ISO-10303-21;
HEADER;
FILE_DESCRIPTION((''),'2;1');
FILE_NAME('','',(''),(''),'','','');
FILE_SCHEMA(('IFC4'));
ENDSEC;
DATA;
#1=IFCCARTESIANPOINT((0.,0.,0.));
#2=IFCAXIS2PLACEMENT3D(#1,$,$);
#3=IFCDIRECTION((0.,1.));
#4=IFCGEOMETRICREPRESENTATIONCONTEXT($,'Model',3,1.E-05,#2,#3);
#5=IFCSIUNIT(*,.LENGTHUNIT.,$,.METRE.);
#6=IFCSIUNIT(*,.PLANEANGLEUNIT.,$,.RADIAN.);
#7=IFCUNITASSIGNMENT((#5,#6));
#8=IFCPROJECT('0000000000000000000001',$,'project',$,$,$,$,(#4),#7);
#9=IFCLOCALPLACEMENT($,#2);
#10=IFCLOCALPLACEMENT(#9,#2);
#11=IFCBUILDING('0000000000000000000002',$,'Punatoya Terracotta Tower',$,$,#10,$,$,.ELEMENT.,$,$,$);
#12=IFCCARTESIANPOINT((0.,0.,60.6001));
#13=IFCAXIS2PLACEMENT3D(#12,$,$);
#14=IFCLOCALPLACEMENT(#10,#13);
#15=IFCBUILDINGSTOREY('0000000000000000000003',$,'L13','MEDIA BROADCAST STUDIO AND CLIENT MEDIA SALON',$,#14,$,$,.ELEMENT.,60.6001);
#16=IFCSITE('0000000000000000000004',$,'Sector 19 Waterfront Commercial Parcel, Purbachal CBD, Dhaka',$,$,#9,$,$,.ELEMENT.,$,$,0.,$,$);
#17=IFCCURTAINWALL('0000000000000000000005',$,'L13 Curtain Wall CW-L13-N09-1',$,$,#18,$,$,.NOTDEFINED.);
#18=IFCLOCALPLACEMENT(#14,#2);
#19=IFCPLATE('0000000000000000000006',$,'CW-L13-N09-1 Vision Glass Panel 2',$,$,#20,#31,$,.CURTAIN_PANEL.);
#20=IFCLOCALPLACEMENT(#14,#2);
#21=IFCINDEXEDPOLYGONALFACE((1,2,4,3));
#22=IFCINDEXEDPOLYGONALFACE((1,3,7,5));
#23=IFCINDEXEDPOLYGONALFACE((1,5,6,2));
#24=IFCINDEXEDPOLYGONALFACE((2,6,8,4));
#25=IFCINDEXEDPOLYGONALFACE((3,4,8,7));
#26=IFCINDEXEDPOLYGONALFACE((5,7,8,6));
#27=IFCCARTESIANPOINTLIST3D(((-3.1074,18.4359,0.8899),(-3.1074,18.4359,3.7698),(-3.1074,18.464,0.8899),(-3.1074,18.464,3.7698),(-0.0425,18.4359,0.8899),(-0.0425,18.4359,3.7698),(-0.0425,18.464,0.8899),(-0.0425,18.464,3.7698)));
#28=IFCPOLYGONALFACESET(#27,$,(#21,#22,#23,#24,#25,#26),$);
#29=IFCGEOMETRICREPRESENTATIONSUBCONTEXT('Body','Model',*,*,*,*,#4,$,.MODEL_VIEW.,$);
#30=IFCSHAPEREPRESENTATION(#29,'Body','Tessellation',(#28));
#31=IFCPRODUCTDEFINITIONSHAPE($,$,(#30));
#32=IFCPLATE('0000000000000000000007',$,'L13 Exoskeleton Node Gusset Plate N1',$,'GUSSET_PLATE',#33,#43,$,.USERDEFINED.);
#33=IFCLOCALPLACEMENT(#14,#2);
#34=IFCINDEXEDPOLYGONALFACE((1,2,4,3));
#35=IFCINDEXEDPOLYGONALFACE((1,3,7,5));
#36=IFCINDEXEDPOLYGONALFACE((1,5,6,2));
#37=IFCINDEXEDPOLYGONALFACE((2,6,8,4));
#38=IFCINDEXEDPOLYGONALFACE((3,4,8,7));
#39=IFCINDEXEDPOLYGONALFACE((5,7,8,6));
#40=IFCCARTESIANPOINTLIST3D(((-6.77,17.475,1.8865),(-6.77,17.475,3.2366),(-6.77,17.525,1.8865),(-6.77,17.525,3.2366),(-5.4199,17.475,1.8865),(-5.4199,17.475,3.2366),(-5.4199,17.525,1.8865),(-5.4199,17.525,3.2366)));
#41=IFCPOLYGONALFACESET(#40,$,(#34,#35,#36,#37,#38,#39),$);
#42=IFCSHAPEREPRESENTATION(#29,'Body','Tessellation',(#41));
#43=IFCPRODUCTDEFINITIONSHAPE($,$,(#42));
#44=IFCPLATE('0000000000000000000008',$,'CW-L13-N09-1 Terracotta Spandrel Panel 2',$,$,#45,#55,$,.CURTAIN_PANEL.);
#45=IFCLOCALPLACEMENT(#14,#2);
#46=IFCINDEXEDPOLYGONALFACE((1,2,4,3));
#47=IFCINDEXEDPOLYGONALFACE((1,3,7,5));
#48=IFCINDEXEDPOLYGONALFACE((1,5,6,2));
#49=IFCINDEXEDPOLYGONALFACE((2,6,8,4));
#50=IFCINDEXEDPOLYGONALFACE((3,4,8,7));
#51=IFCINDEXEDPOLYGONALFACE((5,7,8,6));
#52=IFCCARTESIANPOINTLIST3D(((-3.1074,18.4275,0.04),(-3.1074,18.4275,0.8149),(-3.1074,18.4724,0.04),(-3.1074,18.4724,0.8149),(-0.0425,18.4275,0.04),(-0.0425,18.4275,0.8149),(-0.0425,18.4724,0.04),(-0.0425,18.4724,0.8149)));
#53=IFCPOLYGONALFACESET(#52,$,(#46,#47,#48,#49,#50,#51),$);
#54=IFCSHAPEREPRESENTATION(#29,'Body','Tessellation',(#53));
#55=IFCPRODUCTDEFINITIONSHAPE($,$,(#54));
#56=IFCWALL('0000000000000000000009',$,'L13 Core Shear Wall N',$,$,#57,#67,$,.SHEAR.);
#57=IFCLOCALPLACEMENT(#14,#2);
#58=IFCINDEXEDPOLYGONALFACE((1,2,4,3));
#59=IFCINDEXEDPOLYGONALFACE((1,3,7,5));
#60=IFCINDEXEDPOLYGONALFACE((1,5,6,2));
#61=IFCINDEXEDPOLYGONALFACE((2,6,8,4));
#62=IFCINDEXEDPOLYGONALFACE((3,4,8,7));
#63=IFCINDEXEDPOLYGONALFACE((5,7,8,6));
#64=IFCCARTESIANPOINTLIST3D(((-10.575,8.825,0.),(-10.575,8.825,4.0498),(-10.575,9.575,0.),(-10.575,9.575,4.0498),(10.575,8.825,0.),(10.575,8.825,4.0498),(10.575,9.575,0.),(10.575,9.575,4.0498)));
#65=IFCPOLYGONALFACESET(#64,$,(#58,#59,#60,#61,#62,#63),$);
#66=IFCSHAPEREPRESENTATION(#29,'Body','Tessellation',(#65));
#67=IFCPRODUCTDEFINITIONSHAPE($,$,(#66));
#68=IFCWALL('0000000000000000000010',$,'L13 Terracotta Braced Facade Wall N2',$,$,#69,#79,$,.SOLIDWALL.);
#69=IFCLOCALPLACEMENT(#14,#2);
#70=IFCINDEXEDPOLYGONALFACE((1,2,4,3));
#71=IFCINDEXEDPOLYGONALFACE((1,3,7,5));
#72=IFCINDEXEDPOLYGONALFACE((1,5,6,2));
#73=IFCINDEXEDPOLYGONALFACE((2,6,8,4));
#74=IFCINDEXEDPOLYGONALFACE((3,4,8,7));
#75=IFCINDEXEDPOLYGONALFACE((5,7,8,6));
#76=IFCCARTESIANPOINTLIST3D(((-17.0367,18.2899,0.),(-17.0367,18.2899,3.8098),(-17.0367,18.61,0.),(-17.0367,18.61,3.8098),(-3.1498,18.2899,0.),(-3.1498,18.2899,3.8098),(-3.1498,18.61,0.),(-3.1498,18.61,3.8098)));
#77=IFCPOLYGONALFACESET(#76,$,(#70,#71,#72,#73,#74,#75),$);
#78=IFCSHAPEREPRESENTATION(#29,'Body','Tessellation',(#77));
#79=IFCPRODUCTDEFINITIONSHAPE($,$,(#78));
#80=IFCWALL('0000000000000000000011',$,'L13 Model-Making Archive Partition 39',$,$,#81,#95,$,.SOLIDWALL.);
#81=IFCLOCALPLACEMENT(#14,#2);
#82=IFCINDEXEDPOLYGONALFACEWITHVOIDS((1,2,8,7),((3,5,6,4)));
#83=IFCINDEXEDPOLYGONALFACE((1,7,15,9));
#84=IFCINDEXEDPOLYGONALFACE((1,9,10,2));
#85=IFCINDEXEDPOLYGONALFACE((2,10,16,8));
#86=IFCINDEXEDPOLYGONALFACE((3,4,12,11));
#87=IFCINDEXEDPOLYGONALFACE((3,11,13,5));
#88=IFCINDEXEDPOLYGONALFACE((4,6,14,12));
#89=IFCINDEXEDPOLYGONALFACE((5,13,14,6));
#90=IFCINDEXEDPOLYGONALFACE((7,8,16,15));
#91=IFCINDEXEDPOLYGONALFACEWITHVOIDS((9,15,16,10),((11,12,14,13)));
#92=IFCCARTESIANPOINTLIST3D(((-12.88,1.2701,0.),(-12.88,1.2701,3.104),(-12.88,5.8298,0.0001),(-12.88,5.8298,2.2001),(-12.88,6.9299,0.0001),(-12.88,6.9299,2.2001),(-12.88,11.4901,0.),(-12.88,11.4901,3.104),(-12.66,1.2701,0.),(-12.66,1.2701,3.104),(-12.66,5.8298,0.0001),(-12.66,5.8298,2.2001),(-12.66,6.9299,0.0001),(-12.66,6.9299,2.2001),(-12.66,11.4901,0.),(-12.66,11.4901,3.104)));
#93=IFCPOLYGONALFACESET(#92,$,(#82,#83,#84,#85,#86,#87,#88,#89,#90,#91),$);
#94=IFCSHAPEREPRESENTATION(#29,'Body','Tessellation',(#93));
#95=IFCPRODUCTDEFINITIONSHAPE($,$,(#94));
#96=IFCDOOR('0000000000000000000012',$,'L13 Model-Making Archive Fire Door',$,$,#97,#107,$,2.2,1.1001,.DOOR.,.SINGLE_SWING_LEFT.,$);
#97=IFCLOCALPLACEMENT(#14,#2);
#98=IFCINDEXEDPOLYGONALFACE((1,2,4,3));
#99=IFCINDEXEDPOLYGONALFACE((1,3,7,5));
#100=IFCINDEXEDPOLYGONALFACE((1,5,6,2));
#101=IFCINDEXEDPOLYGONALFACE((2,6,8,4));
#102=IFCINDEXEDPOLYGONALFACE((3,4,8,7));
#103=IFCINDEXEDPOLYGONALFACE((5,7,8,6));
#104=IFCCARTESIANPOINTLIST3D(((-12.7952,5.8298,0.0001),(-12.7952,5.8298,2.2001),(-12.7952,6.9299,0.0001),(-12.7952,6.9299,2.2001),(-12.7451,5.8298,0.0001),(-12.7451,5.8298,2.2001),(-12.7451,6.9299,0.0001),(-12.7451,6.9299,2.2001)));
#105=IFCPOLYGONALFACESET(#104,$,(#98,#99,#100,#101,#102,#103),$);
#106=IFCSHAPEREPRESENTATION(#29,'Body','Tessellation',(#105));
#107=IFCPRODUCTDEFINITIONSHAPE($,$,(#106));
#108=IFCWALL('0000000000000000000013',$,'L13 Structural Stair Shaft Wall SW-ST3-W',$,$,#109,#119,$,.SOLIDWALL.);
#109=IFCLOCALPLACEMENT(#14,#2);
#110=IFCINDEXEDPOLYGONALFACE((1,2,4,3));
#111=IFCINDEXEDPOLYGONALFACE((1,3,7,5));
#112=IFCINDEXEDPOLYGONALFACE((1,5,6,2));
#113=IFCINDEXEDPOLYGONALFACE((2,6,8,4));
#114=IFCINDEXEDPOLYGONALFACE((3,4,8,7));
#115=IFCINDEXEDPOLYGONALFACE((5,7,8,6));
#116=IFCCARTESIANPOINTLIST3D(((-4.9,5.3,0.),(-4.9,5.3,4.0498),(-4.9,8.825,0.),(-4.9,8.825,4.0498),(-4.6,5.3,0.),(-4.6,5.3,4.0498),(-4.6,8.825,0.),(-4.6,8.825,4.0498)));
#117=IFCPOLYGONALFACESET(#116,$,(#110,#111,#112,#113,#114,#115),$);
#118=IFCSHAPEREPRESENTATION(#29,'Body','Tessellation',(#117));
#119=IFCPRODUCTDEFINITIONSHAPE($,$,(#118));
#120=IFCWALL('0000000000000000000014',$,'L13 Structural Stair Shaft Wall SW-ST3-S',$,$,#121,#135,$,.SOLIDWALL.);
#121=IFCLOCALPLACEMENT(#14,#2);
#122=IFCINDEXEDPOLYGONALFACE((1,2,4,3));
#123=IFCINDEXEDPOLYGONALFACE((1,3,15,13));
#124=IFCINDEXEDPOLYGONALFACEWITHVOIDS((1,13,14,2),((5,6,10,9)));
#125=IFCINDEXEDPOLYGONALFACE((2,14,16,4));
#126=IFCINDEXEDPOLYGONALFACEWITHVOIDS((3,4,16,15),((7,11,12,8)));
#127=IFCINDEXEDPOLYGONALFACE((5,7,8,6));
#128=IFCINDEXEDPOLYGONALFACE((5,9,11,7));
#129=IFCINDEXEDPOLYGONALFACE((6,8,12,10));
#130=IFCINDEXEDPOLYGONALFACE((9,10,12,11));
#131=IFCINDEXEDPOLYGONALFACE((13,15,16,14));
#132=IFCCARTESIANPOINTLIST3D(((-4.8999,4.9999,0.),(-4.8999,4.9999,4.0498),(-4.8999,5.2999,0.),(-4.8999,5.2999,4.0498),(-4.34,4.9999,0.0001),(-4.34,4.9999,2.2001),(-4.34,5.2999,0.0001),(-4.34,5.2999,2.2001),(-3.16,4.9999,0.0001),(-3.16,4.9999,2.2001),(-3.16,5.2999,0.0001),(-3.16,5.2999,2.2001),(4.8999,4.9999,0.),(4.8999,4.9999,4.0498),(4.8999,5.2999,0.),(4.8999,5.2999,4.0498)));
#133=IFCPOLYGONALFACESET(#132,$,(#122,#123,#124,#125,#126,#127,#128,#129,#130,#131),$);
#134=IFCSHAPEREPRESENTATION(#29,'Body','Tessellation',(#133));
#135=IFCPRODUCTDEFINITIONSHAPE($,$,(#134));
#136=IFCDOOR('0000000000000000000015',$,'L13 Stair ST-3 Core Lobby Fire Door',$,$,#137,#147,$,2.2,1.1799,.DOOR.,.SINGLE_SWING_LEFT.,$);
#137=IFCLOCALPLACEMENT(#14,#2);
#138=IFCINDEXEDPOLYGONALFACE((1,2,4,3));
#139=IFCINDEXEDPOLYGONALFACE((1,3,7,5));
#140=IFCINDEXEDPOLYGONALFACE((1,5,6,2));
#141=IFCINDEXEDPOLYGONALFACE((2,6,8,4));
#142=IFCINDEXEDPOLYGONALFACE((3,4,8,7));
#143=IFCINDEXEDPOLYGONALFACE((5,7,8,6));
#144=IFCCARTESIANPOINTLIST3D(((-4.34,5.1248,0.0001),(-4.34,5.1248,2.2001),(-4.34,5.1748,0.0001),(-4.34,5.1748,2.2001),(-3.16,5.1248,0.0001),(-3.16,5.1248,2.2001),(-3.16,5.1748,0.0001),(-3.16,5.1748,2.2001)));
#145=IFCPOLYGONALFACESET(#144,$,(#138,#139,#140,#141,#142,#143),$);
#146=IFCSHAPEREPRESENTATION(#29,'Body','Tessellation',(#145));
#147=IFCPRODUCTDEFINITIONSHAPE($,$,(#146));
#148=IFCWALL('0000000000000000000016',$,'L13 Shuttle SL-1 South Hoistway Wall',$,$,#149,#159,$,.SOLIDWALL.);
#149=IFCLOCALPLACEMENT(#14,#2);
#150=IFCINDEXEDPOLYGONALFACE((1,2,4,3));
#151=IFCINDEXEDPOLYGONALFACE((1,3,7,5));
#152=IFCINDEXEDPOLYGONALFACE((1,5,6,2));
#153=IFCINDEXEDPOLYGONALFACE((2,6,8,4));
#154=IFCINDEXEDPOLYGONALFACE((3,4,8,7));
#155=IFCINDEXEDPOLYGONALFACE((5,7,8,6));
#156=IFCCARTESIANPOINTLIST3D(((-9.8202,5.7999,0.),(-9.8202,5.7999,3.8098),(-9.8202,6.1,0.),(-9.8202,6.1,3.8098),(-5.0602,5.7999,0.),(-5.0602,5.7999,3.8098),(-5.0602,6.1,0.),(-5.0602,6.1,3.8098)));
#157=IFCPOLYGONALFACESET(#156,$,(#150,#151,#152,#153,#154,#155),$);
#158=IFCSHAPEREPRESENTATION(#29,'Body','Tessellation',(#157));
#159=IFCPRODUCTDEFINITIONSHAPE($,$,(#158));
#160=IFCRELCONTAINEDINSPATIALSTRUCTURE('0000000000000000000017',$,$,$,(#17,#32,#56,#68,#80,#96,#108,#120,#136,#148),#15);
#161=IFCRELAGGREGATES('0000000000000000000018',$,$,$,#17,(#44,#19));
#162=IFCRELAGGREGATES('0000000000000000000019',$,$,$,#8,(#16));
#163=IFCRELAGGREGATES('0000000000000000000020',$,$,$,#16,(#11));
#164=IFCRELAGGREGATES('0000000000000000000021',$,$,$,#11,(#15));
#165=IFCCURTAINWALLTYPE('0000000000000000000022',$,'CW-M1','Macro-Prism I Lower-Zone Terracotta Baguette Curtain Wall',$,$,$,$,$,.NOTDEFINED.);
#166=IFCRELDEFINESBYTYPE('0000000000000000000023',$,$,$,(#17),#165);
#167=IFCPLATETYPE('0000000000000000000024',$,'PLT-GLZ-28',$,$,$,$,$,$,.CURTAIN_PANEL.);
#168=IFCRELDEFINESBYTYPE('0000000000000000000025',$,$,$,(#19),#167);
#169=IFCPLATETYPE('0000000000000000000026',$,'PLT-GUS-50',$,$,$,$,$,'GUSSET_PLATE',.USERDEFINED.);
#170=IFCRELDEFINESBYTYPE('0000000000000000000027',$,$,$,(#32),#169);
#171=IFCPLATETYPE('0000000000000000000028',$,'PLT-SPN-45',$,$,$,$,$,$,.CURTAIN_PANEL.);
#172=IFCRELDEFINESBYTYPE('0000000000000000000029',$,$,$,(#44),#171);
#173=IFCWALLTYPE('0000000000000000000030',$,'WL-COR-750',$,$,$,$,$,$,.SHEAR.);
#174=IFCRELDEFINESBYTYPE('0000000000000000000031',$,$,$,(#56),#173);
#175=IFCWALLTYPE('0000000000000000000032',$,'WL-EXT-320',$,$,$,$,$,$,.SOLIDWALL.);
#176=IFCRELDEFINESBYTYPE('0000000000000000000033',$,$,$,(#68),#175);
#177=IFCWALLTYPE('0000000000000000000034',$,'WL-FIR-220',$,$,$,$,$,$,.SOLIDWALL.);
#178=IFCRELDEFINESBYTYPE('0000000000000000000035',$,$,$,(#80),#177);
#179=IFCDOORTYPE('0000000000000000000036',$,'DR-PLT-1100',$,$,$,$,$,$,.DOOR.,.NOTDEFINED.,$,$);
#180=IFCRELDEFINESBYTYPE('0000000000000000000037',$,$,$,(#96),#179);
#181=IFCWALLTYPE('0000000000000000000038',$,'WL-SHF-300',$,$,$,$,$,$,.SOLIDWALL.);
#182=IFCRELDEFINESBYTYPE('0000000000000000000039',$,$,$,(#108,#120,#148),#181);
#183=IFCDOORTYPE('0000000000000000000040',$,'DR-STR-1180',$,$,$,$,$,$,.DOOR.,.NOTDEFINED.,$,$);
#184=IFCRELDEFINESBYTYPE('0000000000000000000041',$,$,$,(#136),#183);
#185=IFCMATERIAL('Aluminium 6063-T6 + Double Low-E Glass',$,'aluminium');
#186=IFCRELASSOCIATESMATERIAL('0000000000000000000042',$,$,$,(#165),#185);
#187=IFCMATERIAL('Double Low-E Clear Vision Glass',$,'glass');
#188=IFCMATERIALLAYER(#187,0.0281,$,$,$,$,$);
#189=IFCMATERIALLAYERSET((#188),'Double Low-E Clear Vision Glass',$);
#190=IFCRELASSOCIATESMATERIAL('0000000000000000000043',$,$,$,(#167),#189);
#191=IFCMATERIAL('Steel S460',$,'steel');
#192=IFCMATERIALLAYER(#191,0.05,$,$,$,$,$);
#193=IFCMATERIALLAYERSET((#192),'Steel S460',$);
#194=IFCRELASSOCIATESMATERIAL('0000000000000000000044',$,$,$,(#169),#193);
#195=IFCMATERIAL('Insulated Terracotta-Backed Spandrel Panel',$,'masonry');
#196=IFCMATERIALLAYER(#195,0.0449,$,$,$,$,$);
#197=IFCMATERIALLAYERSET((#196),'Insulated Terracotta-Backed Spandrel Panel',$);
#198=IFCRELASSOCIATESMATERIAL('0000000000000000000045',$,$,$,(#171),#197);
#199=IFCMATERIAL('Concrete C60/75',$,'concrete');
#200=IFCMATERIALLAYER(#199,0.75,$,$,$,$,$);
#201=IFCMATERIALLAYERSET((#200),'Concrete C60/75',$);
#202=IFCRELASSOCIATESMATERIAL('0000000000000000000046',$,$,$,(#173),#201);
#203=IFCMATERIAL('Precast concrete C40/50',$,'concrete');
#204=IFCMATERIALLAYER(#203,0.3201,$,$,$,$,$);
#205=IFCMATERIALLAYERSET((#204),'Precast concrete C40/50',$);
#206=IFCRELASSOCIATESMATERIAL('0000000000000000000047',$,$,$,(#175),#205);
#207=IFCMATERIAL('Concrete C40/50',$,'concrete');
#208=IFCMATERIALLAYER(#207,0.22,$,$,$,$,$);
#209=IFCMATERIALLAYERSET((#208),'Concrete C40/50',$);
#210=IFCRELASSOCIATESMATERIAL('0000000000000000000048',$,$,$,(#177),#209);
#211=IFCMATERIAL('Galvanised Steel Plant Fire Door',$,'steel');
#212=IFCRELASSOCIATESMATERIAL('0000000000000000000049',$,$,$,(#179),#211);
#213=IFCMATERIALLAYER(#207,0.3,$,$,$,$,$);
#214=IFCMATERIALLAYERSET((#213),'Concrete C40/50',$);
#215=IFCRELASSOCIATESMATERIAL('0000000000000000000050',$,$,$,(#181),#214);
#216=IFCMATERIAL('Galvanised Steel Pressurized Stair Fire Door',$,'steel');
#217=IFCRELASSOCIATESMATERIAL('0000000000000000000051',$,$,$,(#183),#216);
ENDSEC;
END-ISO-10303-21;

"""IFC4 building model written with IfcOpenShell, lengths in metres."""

from ifc_helpers import new_model, si_unit, direction, frame, frame_2d, origin, origin_2d, place, context, subcontext, project, spatial, rectangle, extrude, material, layer, layer_set, type_object, element, fill, aggregate, save


model = new_model("IFC4")

# Units and contexts
model_context = context("Model", 3, precision=1e-05, world=origin(), true_north=direction((0.0, 1.0)))
body_context = subcontext(model_context, "Body", "Model", "MODEL_VIEW")
ifc_project = project(units=[si_unit("LENGTHUNIT", "METRE"), si_unit("PLANEANGLEUNIT", "RADIAN")], contexts=[model_context])

# Site, building, storey
site_placement = place(None, origin())
site = spatial("IfcSite", under=ifc_project, at=site_placement, Name="Sector 19 Waterfront Commercial Parcel, Purbachal CBD, Dhaka", CompositionType="ELEMENT", RefElevation=0.0)
building_placement = place(site_placement, origin())
building = spatial("IfcBuilding", under=site, at=building_placement, Name="Punatoya Terracotta Tower", CompositionType="ELEMENT")
storey_placement = place(building_placement, frame((0.0, 0.0, 60.6001)))
storey = spatial("IfcBuildingStorey", under=building, at=storey_placement, Name="L13", Description="MEDIA BROADCAST STUDIO AND CLIENT MEDIA SALON", CompositionType="ELEMENT", Elevation=60.6001)

# Shared definitions
ifc_material_1 = material(Name="Steel S460", Category="steel")

# Curtain wall, plate
ifc_material_2 = material(Name="Aluminium 6063-T6 + Double Low-E Glass", Category="aluminium")
curtain_wall_type = type_object("IfcCurtainWallType", Name="CW-M1", Description="Macro-Prism I Lower-Zone Terracotta Baguette Curtain Wall", PredefinedType="NOTDEFINED", material=ifc_material_2)
curtain_wall_placement = place(storey_placement, origin())
curtain_wall = element("IfcCurtainWall", 1, at=curtain_wall_placement, inside=storey, type_object=curtain_wall_type, Name="L13 Curtain Wall CW-L13-N09-1", PredefinedType="NOTDEFINED")
ifc_material_3 = material(Name="Double Low-E Clear Vision Glass", Category="glass")
ifc_layer_1 = layer(ifc_material_3, 0.0281)
ifc_layer_set_1 = layer_set([ifc_layer_1], Name="Double Low-E Clear Vision Glass")
plate_type_1 = type_object("IfcPlateType", Name="PLT-GLZ-28", PredefinedType="CURTAIN_PANEL", material=ifc_layer_set_1)
plate_1_placement = place(storey_placement, frame((-1.575, 18.45, 0.8899), z_axis=(0.0, 0.0, 1.0), x_axis=(-1.0, 0.0, 0.0)))
plate_1 = element("IfcPlate", 2, at=plate_1_placement, type_object=plate_type_1, Name="CW-L13-N09-1 Vision Glass Panel 2", PredefinedType="CURTAIN_PANEL", context=body_context, shape_type="SweptSolid", body=[
    extrude(rectangle(XDim=3.0649, YDim=0.0281, at=origin_2d()), origin(), (0.0, 0.0, 1.0), 2.8799),
])

# Plates
ifc_layer_2 = layer(ifc_material_1, 0.05)
ifc_layer_set_2 = layer_set([ifc_layer_2], Name="Steel S460")
plate_type_2 = type_object("IfcPlateType", Name="PLT-GUS-50", ElementType="GUSSET_PLATE", PredefinedType="USERDEFINED", material=ifc_layer_set_2)
plate_2_placement = place(storey_placement, frame((-6.095, 17.5, 1.8865), z_axis=(0.0, 0.0, 1.0), x_axis=(1.0, 0.0, 0.0)))
element("IfcPlate", 3, at=plate_2_placement, inside=storey, type_object=plate_type_2, Name="L13 Exoskeleton Node Gusset Plate N1", ObjectType="GUSSET_PLATE", PredefinedType="USERDEFINED", context=body_context, shape_type="SweptSolid", body=[
    extrude(rectangle(XDim=1.3501, YDim=0.05, at=origin_2d()), origin(), (0.0, 0.0, 1.0), 1.3501),
])
ifc_material_4 = material(Name="Insulated Terracotta-Backed Spandrel Panel", Category="masonry")
ifc_layer_3 = layer(ifc_material_4, 0.0449)
ifc_layer_set_3 = layer_set([ifc_layer_3], Name="Insulated Terracotta-Backed Spandrel Panel")
plate_type_3 = type_object("IfcPlateType", Name="PLT-SPN-45", PredefinedType="CURTAIN_PANEL", material=ifc_layer_set_3)
plate_3_placement = place(storey_placement, frame((-1.575, 18.45, 0.04), z_axis=(0.0, 0.0, 1.0), x_axis=(-1.0, 0.0, 0.0)))
plate_3 = element("IfcPlate", 4, at=plate_3_placement, type_object=plate_type_3, Name="CW-L13-N09-1 Terracotta Spandrel Panel 2", PredefinedType="CURTAIN_PANEL", context=body_context, shape_type="SweptSolid", body=[
    extrude(rectangle(XDim=3.0649, YDim=0.0449, at=origin_2d()), origin(), (0.0, 0.0, 1.0), 0.7749),
])
aggregate(curtain_wall, [plate_3, plate_1])

# Walls
ifc_material_5 = material(Name="Concrete C60/75", Category="concrete")
ifc_layer_4 = layer(ifc_material_5, 0.75)
ifc_layer_set_4 = layer_set([ifc_layer_4], Name="Concrete C60/75")
wall_type_1 = type_object("IfcWallType", Name="WL-COR-750", PredefinedType="SHEAR", material=ifc_layer_set_4)
wall_1_placement = place(storey_placement, frame((-10.575, 9.2, 0.0), z_axis=(0.0, 0.0, 1.0), x_axis=(1.0, 0.0, 0.0)))
element("IfcWall", 5, at=wall_1_placement, inside=storey, type_object=wall_type_1, Name="L13 Core Shear Wall N", PredefinedType="SHEAR", context=body_context, shape_type="SweptSolid", body=[
    extrude(rectangle(XDim=21.1499, YDim=0.75, at=frame_2d((10.575, 0.0))), origin(), (0.0, 0.0, 1.0), 4.0498),
])
ifc_material_6 = material(Name="Precast concrete C40/50", Category="concrete")
ifc_layer_5 = layer(ifc_material_6, 0.3201)
ifc_layer_set_5 = layer_set([ifc_layer_5], Name="Precast concrete C40/50")
wall_type_2 = type_object("IfcWallType", Name="WL-EXT-320", PredefinedType="SOLIDWALL", material=ifc_layer_set_5)
wall_2_placement = place(storey_placement, frame((-3.1499, 18.45, 0.0), z_axis=(0.0, 0.0, 1.0), x_axis=(-1.0, 0.0, 0.0)))
element("IfcWall", 6, at=wall_2_placement, inside=storey, type_object=wall_type_2, Name="L13 Terracotta Braced Facade Wall N2", PredefinedType="SOLIDWALL", context=body_context, shape_type="SweptSolid", body=[
    extrude(rectangle(XDim=13.887, YDim=0.3201, at=frame_2d((6.9434, 0.0))), origin(), (0.0, 0.0, 1.0), 3.8098),
])

# Wall, opening, door
ifc_material_7 = material(Name="Concrete C40/50", Category="concrete")
ifc_layer_6 = layer(ifc_material_7, 0.22)
ifc_layer_set_6 = layer_set([ifc_layer_6], Name="Concrete C40/50")
wall_type_3 = type_object("IfcWallType", Name="WL-FIR-220", PredefinedType="SOLIDWALL", material=ifc_layer_set_6)
wall_3_placement = place(storey_placement, frame((-12.77, 11.49, 0.0), z_axis=(0.0, 0.0, 1.0), x_axis=(0.0, -1.0, 0.0)))
wall_3 = element("IfcWall", 7, at=wall_3_placement, inside=storey, type_object=wall_type_3, Name="L13 Model-Making Archive Partition 39", PredefinedType="SOLIDWALL", context=body_context, shape_type="SweptSolid", body=[
    extrude(rectangle(XDim=10.22, YDim=0.22, at=frame_2d((5.1099, 0.0))), origin(), (0.0, 0.0, 1.0), 3.104),
])
opening_1_placement = place(wall_3_placement, frame((4.5601, 0.0, 0.0)))
opening_1 = element("IfcOpeningElement", 8, at=opening_1_placement, cuts=wall_3, PredefinedType="OPENING", context=body_context, shape_type="SweptSolid", body=[
    extrude(rectangle(XDim=1.1001, YDim=2.2, at=frame_2d((0.55, 1.1001))), frame((0.0, 0.1199, 0.0), z_axis=(0.0, -1.0, 0.0), x_axis=(1.0, 0.0, 0.0)), (0.0, 0.0, 1.0), 0.24),
])
ifc_material_8 = material(Name="Galvanised Steel Plant Fire Door", Category="steel")
door_type_1 = type_object("IfcDoorType", Name="DR-PLT-1100", OperationType="NOTDEFINED", PredefinedType="DOOR", material=ifc_material_8)
door_1_placement = place(opening_1_placement, origin())
door_1 = element("IfcDoor", 9, at=door_1_placement, inside=storey, type_object=door_type_1, Name="L13 Model-Making Archive Fire Door", OperationType="SINGLE_SWING_LEFT", OverallHeight=2.2, OverallWidth=1.1001, PredefinedType="DOOR", context=body_context, shape_type="SweptSolid", body=[
    extrude(rectangle(XDim=1.1001, YDim=2.2, at=frame_2d((0.55, 1.1001))), frame((0.0, 0.0249, 0.0), z_axis=(0.0, -1.0, 0.0), x_axis=(1.0, 0.0, 0.0)), (0.0, 0.0, 1.0), 0.05),
])
fill(opening_1, door_1)

# Wall
ifc_layer_7 = layer(ifc_material_7, 0.3)
ifc_layer_set_7 = layer_set([ifc_layer_7], Name="Concrete C40/50")
wall_type_4 = type_object("IfcWallType", Name="WL-SHF-300", PredefinedType="SOLIDWALL", material=ifc_layer_set_7)
wall_4_placement = place(storey_placement, frame((-4.75, 5.3, 0.0), z_axis=(0.0, 0.0, 1.0), x_axis=(0.0, 1.0, 0.0)))
element("IfcWall", 10, at=wall_4_placement, inside=storey, type_object=wall_type_4, Name="L13 Structural Stair Shaft Wall SW-ST3-W", PredefinedType="SOLIDWALL", context=body_context, shape_type="SweptSolid", body=[
    extrude(rectangle(XDim=3.5249, YDim=0.3, at=frame_2d((1.7625, 0.0))), origin(), (0.0, 0.0, 1.0), 4.0498),
])

# Wall, opening, door
wall_5_placement = place(storey_placement, frame((-4.8999, 5.1499, 0.0), z_axis=(0.0, 0.0, 1.0), x_axis=(1.0, 0.0, 0.0)))
wall_5 = element("IfcWall", 11, at=wall_5_placement, inside=storey, type_object=wall_type_4, Name="L13 Structural Stair Shaft Wall SW-ST3-S", PredefinedType="SOLIDWALL", context=body_context, shape_type="SweptSolid", body=[
    extrude(rectangle(XDim=9.7998, YDim=0.3, at=frame_2d((4.8999, 0.0))), origin(), (0.0, 0.0, 1.0), 4.0498),
])
opening_2_placement = place(wall_5_placement, frame((0.5601, 0.0, 0.0)))
opening_2 = element("IfcOpeningElement", 12, at=opening_2_placement, cuts=wall_5, PredefinedType="OPENING", context=body_context, shape_type="SweptSolid", body=[
    extrude(rectangle(XDim=1.1799, YDim=2.2, at=frame_2d((0.5898, 1.1001))), frame((0.0, 0.1599, 0.0), z_axis=(0.0, -1.0, 0.0), x_axis=(1.0, 0.0, 0.0)), (0.0, 0.0, 1.0), 0.3201),
])
ifc_material_9 = material(Name="Galvanised Steel Pressurized Stair Fire Door", Category="steel")
door_type_2 = type_object("IfcDoorType", Name="DR-STR-1180", OperationType="NOTDEFINED", PredefinedType="DOOR", material=ifc_material_9)
door_2_placement = place(opening_2_placement, origin())
door_2 = element("IfcDoor", 13, at=door_2_placement, inside=storey, type_object=door_type_2, Name="L13 Stair ST-3 Core Lobby Fire Door", OperationType="SINGLE_SWING_LEFT", OverallHeight=2.2, OverallWidth=1.1799, PredefinedType="DOOR", context=body_context, shape_type="SweptSolid", body=[
    extrude(rectangle(XDim=1.1799, YDim=2.2, at=frame_2d((0.5898, 1.1001))), frame((0.0, 0.0249, 0.0), z_axis=(0.0, -1.0, 0.0), x_axis=(1.0, 0.0, 0.0)), (0.0, 0.0, 1.0), 0.05),
])
fill(opening_2, door_2)

# Wall
wall_6_placement = place(storey_placement, frame((-9.8201, 5.95, 0.0), z_axis=(0.0, 0.0, 1.0), x_axis=(1.0, 0.0, 0.0)))
element("IfcWall", 14, at=wall_6_placement, inside=storey, type_object=wall_type_4, Name="L13 Shuttle SL-1 South Hoistway Wall", PredefinedType="SOLIDWALL", context=body_context, shape_type="SweptSolid", body=[
    extrude(rectangle(XDim=4.76, YDim=0.3, at=frame_2d((2.3799, 0.0))), origin(), (0.0, 0.0, 1.0), 3.8098),
])

save(model, "model.ifc")
